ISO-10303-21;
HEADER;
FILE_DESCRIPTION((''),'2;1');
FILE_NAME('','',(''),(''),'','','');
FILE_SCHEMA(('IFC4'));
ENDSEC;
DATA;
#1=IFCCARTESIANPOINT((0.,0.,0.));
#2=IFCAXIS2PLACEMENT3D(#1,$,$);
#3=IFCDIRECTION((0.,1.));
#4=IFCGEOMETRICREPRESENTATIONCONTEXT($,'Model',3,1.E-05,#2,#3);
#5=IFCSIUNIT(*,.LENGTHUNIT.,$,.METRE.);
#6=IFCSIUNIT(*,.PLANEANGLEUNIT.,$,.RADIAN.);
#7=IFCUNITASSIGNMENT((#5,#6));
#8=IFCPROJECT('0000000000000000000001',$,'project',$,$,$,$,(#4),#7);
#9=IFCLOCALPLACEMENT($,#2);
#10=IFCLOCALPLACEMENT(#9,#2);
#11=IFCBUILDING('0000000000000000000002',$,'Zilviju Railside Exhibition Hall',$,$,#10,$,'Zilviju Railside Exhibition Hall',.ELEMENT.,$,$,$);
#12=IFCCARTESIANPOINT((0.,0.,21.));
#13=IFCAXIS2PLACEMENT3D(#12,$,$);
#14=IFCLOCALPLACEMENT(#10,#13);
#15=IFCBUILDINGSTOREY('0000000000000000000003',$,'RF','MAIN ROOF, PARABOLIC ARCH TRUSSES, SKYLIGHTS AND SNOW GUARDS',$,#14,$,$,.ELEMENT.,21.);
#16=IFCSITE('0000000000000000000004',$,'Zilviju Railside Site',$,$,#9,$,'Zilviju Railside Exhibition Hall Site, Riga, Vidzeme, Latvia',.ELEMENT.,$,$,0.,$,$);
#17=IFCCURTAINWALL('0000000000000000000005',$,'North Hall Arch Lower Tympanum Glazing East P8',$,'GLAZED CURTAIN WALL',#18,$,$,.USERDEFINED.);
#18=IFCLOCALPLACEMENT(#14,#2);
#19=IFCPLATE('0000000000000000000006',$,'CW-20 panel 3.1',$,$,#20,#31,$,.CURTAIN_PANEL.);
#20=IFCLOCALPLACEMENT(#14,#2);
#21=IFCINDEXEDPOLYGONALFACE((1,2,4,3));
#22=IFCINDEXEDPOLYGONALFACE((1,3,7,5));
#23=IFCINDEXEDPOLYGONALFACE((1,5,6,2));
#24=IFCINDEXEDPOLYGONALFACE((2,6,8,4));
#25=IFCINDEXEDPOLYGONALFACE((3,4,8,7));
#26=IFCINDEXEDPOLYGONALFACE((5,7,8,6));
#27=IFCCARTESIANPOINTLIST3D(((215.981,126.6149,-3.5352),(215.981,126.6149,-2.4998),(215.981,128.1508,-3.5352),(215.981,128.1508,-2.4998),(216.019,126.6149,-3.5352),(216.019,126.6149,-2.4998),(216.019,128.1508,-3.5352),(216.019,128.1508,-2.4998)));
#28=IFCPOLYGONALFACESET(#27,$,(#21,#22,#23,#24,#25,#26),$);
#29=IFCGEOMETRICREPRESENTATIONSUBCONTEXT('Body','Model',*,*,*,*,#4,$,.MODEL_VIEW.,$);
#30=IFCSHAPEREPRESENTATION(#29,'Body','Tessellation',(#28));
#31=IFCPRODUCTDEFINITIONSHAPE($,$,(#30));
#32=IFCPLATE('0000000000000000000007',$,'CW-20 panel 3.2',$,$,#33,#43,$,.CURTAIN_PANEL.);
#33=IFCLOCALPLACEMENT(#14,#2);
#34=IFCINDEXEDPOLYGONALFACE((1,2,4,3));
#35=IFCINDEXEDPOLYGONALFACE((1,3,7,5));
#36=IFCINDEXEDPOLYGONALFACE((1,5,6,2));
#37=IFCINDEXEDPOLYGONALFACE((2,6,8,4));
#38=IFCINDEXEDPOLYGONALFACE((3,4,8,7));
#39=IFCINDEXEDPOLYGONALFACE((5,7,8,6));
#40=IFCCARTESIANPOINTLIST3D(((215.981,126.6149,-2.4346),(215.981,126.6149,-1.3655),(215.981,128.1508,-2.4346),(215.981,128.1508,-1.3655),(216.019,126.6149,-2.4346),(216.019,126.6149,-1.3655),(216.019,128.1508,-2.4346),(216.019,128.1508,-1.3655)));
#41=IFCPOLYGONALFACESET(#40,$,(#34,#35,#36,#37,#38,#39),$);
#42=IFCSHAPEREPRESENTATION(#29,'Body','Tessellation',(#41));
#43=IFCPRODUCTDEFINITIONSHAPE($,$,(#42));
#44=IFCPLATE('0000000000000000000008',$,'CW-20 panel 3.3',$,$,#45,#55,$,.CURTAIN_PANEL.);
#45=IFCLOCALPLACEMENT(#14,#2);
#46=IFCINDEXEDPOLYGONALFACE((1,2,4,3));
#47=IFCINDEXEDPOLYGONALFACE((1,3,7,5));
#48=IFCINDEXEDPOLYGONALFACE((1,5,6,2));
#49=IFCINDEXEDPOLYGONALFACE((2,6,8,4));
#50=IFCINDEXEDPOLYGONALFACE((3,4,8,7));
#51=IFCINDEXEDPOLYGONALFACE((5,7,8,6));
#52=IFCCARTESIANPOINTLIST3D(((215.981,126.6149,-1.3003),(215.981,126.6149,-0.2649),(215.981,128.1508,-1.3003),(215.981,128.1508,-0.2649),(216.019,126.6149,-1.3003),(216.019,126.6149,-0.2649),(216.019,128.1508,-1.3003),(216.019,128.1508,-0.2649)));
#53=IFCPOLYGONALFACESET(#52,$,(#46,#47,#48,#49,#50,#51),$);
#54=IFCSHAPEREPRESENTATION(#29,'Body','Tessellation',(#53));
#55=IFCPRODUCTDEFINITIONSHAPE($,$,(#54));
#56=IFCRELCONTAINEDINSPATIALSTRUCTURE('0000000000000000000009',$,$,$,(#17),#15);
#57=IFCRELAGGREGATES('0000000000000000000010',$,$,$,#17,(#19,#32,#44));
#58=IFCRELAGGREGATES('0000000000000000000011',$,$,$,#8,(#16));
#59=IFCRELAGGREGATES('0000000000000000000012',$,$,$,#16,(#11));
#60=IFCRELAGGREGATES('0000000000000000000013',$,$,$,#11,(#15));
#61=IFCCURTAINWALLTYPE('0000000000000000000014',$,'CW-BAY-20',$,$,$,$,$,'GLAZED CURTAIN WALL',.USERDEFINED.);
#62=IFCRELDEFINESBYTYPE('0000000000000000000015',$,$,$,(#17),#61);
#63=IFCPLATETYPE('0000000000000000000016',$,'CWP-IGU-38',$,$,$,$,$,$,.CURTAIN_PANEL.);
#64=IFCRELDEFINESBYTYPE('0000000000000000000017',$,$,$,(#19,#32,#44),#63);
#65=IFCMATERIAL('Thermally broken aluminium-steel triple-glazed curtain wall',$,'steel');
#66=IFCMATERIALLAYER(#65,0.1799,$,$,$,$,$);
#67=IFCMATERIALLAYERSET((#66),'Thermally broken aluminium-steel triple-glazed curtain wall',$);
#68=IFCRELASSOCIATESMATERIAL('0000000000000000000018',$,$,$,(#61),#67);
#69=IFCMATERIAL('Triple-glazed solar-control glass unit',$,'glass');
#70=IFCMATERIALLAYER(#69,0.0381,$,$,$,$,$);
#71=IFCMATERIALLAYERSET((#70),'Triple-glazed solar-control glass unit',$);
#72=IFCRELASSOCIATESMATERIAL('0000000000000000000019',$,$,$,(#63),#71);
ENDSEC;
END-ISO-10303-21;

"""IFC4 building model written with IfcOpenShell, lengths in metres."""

from ifc_helpers import new_model, si_unit, direction, frame, origin, origin_2d, place, context, subcontext, project, spatial, rectangle, extrude, material, layer, layer_set, type_object, element, aggregate, save


model = new_model("IFC4")

# Units and contexts
model_context = context("Model", 3, precision=1e-05, world=origin(), true_north=direction((0.0, 1.0)))
body_context = subcontext(model_context, "Body", "Model", "MODEL_VIEW")
ifc_project = project(units=[si_unit("LENGTHUNIT", "METRE"), si_unit("PLANEANGLEUNIT", "RADIAN")], contexts=[model_context])

# Site, building, storey
site_placement = place(None, origin())
site = spatial("IfcSite", under=ifc_project, at=site_placement, Name="Zilviju Railside Site", LongName="Zilviju Railside Exhibition Hall Site, Riga, Vidzeme, Latvia", CompositionType="ELEMENT", RefElevation=0.0)
building_placement = place(site_placement, origin())
building = spatial("IfcBuilding", under=site, at=building_placement, Name="Zilviju Railside Exhibition Hall", LongName="Zilviju Railside Exhibition Hall", CompositionType="ELEMENT")
storey_placement = place(building_placement, frame((0.0, 0.0, 21.0)))
storey = spatial("IfcBuildingStorey", under=building, at=storey_placement, Name="RF", Description="MAIN ROOF, PARABOLIC ARCH TRUSSES, SKYLIGHTS AND SNOW GUARDS", CompositionType="ELEMENT", Elevation=21.0)

# Curtain wall
ifc_material_1 = material(Name="Thermally broken aluminium-steel triple-glazed curtain wall", Category="steel")
ifc_layer_1 = layer(ifc_material_1, 0.1799)
ifc_layer_set_1 = layer_set([ifc_layer_1], Name="Thermally broken aluminium-steel triple-glazed curtain wall")
curtain_wall_type = type_object("IfcCurtainWallType", Name="CW-BAY-20", ElementType="GLAZED CURTAIN WALL", PredefinedType="USERDEFINED", material=ifc_layer_set_1)
curtain_wall_placement = place(storey_placement, origin())
curtain_wall = element("IfcCurtainWall", 1, at=curtain_wall_placement, inside=storey, type_object=curtain_wall_type, Name="North Hall Arch Lower Tympanum Glazing East P8", ObjectType="GLAZED CURTAIN WALL", PredefinedType="USERDEFINED")

# Plates
ifc_material_2 = material(Name="Triple-glazed solar-control glass unit", Category="glass")
ifc_layer_2 = layer(ifc_material_2, 0.0381)
ifc_layer_set_2 = layer_set([ifc_layer_2], Name="Triple-glazed solar-control glass unit")
plate_type = type_object("IfcPlateType", Name="CWP-IGU-38", PredefinedType="CURTAIN_PANEL", material=ifc_layer_set_2)
plate_1_placement = place(storey_placement, frame((216.0, 127.3828, -3.5352), z_axis=(0.0, 0.0, 1.0), x_axis=(0.0, -1.0, 0.0)))
plate_1 = element("IfcPlate", 2, at=plate_1_placement, type_object=plate_type, Name="CW-20 panel 3.1", PredefinedType="CURTAIN_PANEL", context=body_context, shape_type="SweptSolid", body=[
    extrude(rectangle(XDim=1.5359, YDim=0.0381, at=origin_2d()), origin(), (0.0, 0.0, 1.0), 1.0354),
])
plate_2_placement = place(storey_placement, frame((216.0, 127.3828, -2.4346), z_axis=(0.0, 0.0, 1.0), x_axis=(0.0, -1.0, 0.0)))
plate_2 = element("IfcPlate", 3, at=plate_2_placement, type_object=plate_type, Name="CW-20 panel 3.2", PredefinedType="CURTAIN_PANEL", context=body_context, shape_type="SweptSolid", body=[
    extrude(rectangle(XDim=1.5359, YDim=0.0381, at=origin_2d()), origin(), (0.0, 0.0, 1.0), 1.0691),
])
plate_3_placement = place(storey_placement, frame((216.0, 127.3828, -1.3003), z_axis=(0.0, 0.0, 1.0), x_axis=(0.0, -1.0, 0.0)))
plate_3 = element("IfcPlate", 4, at=plate_3_placement, type_object=plate_type, Name="CW-20 panel 3.3", PredefinedType="CURTAIN_PANEL", context=body_context, shape_type="SweptSolid", body=[
    extrude(rectangle(XDim=1.5359, YDim=0.0381, at=origin_2d()), origin(), (0.0, 0.0, 1.0), 1.0354),
])
aggregate(curtain_wall, [plate_1, plate_2, plate_3])

save(model, "model.ifc")
